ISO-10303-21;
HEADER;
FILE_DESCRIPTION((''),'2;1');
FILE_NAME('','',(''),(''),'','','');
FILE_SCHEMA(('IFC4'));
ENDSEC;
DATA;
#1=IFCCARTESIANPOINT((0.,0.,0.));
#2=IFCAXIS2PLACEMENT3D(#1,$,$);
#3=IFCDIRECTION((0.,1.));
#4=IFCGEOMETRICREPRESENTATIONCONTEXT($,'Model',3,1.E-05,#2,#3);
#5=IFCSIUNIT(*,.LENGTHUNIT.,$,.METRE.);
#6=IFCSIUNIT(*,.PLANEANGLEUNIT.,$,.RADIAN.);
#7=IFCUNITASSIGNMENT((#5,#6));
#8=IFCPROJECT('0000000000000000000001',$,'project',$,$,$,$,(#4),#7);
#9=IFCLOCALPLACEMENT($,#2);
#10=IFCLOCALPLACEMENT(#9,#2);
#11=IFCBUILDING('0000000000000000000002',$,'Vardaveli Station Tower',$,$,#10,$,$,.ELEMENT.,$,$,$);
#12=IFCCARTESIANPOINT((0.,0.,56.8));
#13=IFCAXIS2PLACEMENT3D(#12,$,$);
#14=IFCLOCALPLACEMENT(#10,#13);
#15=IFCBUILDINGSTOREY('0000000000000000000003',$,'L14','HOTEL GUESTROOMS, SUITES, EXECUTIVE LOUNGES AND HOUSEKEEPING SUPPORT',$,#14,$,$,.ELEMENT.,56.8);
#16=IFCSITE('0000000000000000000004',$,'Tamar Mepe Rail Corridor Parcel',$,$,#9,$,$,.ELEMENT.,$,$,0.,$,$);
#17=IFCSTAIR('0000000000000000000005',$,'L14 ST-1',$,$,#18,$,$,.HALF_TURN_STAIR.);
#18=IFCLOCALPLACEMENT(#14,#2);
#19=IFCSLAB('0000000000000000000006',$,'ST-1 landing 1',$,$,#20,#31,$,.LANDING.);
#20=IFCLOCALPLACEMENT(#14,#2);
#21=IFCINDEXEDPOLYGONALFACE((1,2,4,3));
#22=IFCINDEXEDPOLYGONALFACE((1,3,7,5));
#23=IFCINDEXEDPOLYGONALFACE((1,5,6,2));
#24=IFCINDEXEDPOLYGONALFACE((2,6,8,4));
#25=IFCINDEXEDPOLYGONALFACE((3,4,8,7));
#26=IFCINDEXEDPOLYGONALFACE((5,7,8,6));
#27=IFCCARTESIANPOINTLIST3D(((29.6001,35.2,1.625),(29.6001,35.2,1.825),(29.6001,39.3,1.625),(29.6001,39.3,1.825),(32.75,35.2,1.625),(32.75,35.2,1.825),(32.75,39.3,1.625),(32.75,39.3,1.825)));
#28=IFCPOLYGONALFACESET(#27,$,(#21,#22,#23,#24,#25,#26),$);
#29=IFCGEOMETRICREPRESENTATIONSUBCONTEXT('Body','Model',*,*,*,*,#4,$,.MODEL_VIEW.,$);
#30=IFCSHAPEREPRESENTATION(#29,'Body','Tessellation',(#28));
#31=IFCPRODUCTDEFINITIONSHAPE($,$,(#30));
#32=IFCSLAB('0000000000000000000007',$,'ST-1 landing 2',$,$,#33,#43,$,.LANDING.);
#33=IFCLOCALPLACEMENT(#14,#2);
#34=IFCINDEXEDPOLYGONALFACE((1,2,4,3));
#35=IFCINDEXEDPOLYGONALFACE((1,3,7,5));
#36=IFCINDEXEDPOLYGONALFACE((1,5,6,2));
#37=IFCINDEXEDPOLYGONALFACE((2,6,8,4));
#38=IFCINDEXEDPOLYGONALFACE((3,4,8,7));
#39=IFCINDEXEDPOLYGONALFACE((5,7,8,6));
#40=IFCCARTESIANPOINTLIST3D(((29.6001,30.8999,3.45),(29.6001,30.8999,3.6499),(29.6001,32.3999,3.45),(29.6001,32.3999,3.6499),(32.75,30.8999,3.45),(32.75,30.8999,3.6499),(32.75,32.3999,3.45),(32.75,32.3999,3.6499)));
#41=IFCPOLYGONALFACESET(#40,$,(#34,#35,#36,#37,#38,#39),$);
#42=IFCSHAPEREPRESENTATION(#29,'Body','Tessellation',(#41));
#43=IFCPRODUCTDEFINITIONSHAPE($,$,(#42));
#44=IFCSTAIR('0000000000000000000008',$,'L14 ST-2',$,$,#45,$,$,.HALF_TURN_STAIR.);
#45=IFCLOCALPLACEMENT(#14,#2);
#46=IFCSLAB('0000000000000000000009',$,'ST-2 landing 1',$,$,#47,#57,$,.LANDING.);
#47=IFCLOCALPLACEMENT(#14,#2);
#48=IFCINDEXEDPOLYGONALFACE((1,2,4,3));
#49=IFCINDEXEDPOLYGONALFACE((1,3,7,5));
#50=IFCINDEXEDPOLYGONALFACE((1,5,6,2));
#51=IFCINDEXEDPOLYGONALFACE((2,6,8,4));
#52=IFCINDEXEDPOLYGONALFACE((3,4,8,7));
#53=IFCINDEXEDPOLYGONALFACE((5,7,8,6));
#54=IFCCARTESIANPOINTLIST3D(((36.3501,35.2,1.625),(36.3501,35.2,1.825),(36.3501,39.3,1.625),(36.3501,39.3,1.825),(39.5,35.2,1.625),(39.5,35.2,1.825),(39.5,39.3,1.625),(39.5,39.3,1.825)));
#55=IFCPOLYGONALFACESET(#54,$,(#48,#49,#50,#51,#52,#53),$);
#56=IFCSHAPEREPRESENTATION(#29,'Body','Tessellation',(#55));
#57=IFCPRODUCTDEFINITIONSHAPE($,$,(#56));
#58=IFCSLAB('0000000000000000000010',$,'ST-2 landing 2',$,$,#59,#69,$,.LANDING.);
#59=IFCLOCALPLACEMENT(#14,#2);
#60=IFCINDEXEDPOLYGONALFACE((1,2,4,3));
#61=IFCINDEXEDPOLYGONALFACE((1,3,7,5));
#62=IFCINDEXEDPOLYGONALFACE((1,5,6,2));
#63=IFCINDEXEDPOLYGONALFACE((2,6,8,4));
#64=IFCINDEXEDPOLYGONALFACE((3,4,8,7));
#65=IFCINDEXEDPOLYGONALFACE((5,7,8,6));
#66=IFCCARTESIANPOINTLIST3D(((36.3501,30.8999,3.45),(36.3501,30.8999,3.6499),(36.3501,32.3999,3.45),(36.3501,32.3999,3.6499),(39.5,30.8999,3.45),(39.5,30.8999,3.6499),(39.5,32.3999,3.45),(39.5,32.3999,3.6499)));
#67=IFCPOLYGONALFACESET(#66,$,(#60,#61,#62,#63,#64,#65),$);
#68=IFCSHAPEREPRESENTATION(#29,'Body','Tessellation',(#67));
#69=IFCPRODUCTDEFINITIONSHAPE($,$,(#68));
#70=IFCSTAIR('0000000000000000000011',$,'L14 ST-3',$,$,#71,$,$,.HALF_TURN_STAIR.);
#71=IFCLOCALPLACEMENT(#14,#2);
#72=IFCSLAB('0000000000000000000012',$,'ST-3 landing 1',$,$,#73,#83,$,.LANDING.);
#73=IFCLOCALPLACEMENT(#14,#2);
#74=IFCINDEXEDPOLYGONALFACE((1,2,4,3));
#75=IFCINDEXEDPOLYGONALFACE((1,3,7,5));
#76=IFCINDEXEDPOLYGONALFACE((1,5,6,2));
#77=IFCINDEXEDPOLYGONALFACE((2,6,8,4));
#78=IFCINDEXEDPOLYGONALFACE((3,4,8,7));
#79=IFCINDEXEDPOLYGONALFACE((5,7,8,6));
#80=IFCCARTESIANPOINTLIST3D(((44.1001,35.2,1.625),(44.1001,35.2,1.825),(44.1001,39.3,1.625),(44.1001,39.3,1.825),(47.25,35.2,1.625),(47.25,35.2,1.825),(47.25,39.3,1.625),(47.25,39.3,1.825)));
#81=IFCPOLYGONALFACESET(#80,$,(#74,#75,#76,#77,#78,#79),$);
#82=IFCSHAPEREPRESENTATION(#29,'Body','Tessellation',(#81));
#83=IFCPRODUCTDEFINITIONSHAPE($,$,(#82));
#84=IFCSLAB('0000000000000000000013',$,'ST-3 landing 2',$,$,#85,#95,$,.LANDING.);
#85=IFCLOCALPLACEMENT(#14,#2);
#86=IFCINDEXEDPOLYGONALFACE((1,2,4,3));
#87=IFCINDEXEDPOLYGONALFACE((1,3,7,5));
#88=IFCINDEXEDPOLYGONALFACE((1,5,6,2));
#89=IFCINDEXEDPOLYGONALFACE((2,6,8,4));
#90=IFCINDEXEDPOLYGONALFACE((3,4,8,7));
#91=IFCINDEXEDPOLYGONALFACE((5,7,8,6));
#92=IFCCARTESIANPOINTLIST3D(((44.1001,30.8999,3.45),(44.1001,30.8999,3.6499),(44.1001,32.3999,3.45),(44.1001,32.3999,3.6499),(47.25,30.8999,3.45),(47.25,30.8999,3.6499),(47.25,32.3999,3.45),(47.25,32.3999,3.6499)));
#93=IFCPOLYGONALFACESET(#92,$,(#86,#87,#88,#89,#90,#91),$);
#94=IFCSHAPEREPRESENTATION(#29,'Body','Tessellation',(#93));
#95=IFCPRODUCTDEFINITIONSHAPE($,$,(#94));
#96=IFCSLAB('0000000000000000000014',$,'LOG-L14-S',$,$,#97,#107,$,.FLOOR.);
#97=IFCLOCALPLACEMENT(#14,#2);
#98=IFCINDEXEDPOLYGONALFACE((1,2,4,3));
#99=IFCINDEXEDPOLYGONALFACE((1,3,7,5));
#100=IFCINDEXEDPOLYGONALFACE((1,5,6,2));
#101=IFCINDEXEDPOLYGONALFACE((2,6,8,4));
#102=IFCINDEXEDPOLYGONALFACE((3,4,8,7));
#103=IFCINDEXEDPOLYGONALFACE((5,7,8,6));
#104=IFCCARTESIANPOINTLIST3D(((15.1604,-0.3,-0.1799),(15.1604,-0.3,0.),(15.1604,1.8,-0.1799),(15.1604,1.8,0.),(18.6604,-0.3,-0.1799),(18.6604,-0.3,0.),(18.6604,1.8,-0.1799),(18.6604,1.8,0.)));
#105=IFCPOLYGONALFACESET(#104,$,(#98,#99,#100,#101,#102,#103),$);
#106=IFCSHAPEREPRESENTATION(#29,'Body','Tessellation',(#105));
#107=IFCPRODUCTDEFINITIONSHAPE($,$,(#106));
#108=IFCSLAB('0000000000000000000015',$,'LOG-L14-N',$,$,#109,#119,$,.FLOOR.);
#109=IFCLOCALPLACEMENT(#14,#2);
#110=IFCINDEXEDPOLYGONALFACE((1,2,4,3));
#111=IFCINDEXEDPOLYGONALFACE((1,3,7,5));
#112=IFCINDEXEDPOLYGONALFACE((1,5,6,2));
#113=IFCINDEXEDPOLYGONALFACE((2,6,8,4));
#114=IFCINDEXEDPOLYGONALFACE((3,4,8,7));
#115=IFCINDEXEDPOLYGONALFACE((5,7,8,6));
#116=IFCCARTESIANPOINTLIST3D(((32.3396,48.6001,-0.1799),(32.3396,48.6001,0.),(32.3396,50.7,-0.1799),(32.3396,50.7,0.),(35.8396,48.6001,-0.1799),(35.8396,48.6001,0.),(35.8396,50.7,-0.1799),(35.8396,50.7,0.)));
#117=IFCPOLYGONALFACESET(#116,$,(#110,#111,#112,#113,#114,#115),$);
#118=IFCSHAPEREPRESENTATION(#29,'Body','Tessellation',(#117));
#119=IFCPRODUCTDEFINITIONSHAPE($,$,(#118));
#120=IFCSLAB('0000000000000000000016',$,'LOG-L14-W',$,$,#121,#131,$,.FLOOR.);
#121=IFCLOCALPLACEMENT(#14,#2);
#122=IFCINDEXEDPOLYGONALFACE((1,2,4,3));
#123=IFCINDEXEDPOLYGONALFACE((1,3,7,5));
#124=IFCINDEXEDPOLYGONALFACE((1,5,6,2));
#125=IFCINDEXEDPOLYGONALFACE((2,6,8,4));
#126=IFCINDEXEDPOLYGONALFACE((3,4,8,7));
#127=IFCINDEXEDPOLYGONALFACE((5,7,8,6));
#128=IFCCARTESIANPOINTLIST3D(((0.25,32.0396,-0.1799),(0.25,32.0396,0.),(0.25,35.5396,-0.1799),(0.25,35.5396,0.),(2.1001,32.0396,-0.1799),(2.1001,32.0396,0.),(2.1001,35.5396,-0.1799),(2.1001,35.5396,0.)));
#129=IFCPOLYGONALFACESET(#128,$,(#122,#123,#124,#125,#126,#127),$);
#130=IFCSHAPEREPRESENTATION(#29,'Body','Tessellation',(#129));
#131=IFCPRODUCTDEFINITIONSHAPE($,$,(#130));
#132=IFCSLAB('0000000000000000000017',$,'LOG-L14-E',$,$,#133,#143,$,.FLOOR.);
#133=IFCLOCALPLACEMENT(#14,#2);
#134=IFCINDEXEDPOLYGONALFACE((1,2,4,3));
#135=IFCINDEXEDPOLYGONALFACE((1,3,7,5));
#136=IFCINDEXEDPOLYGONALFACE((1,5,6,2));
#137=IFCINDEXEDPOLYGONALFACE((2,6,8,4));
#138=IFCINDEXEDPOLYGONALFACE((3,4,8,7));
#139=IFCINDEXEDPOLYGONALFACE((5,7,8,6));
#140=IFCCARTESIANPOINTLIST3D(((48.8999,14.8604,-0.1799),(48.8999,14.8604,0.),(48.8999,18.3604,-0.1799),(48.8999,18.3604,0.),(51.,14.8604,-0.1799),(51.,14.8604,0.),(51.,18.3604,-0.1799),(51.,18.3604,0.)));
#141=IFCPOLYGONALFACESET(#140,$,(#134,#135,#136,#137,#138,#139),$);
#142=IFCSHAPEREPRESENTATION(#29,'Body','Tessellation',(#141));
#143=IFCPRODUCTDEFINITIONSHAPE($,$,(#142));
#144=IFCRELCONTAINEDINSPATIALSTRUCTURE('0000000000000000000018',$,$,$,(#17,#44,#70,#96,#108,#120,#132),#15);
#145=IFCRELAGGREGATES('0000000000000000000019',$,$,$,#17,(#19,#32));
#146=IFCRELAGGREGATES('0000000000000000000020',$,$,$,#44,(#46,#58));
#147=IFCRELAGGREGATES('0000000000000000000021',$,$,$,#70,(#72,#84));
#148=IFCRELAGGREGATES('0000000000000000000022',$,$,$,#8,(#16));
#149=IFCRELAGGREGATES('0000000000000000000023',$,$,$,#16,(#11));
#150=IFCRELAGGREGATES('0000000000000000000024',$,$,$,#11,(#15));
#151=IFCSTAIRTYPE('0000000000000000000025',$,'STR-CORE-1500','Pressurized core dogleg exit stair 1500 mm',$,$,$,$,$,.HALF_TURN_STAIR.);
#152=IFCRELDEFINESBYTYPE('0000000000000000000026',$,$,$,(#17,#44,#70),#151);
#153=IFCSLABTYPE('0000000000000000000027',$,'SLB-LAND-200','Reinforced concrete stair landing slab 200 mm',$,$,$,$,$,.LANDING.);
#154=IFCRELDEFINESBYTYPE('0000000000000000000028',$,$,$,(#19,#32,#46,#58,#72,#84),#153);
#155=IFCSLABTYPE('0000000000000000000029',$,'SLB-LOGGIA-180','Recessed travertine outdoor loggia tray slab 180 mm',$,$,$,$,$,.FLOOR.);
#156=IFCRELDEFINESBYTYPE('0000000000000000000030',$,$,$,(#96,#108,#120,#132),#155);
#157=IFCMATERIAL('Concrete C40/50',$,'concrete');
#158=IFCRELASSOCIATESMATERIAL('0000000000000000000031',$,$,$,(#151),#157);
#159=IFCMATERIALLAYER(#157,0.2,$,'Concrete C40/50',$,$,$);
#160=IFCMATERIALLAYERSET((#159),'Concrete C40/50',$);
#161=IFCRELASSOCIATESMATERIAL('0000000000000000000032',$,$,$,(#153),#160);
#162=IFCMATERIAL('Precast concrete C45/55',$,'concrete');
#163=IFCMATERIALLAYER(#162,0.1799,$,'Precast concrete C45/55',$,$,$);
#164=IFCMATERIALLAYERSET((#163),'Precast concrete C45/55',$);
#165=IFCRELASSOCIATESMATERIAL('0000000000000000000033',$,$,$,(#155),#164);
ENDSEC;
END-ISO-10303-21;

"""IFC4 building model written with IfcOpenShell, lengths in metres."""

from ifc_helpers import new_model, si_unit, direction, frame, origin, place, context, subcontext, project, spatial, polyline, outline, extrude, material, layer, layer_set, type_object, element, aggregate, save


model = new_model("IFC4")

# Units and contexts
model_context = context("Model", 3, precision=1e-05, world=origin(), true_north=direction((0.0, 1.0)))
body_context = subcontext(model_context, "Body", "Model", "MODEL_VIEW")
ifc_project = project(units=[si_unit("LENGTHUNIT", "METRE"), si_unit("PLANEANGLEUNIT", "RADIAN")], contexts=[model_context])

# Site, building, storey
site_placement = place(None, origin())
site = spatial("IfcSite", under=ifc_project, at=site_placement, Name="Tamar Mepe Rail Corridor Parcel", CompositionType="ELEMENT", RefElevation=0.0)
building_placement = place(site_placement, origin())
building = spatial("IfcBuilding", under=site, at=building_placement, Name="Vardaveli Station Tower", CompositionType="ELEMENT")
storey_placement = place(building_placement, frame((0.0, 0.0, 56.8)))
storey = spatial("IfcBuildingStorey", under=building, at=storey_placement, Name="L14", Description="HOTEL GUESTROOMS, SUITES, EXECUTIVE LOUNGES AND HOUSEKEEPING SUPPORT", CompositionType="ELEMENT", Elevation=56.8)

# Stairs, slabs
ifc_material_1 = material(Name="Concrete C40/50", Category="concrete")
stair_type = type_object("IfcStairType", Name="STR-CORE-1500", Description="Pressurized core dogleg exit stair 1500 mm", PredefinedType="HALF_TURN_STAIR", material=ifc_material_1)
stair_1_placement = place(storey_placement, origin())
stair_1 = element("IfcStair", 1, at=stair_1_placement, inside=storey, type_object=stair_type, Name="L14 ST-1", PredefinedType="HALF_TURN_STAIR")
ifc_layer_1 = layer(ifc_material_1, 0.2, Name="Concrete C40/50")
ifc_layer_set_1 = layer_set([ifc_layer_1], Name="Concrete C40/50")
slab_type_1 = type_object("IfcSlabType", Name="SLB-LAND-200", Description="Reinforced concrete stair landing slab 200 mm", PredefinedType="LANDING", material=ifc_layer_set_1)
slab_1_placement = place(storey_placement, frame((0.0, 0.0, 1.625)))
slab_1 = element("IfcSlab", 2, at=slab_1_placement, type_object=slab_type_1, Name="ST-1 landing 1", PredefinedType="LANDING", context=body_context, shape_type="SweptSolid", body=[
    extrude(outline(polyline([(32.75, 35.2), (32.75, 39.3), (29.6001, 39.3), (29.6001, 35.2), (32.75, 35.2)])), origin(), (0.0, 0.0, 1.0), 0.2),
])
slab_2_placement = place(storey_placement, frame((0.0, 0.0, 3.45)))
slab_2 = element("IfcSlab", 3, at=slab_2_placement, type_object=slab_type_1, Name="ST-1 landing 2", PredefinedType="LANDING", context=body_context, shape_type="SweptSolid", body=[
    extrude(outline(polyline([(32.75, 30.8999), (32.75, 32.3999), (29.6001, 32.3999), (29.6001, 30.8999), (32.75, 30.8999)])), origin(), (0.0, 0.0, 1.0), 0.2),
])
aggregate(stair_1, [slab_1, slab_2])
stair_2_placement = place(storey_placement, origin())
stair_2 = element("IfcStair", 4, at=stair_2_placement, inside=storey, type_object=stair_type, Name="L14 ST-2", PredefinedType="HALF_TURN_STAIR")
slab_3_placement = place(storey_placement, frame((0.0, 0.0, 1.625)))
slab_3 = element("IfcSlab", 5, at=slab_3_placement, type_object=slab_type_1, Name="ST-2 landing 1", PredefinedType="LANDING", context=body_context, shape_type="SweptSolid", body=[
    extrude(outline(polyline([(39.5, 35.2), (39.5, 39.3), (36.3501, 39.3), (36.3501, 35.2), (39.5, 35.2)])), origin(), (0.0, 0.0, 1.0), 0.2),
])
slab_4_placement = place(storey_placement, frame((0.0, 0.0, 3.45)))
slab_4 = element("IfcSlab", 6, at=slab_4_placement, type_object=slab_type_1, Name="ST-2 landing 2", PredefinedType="LANDING", context=body_context, shape_type="SweptSolid", body=[
    extrude(outline(polyline([(39.5, 30.8999), (39.5, 32.3999), (36.3501, 32.3999), (36.3501, 30.8999), (39.5, 30.8999)])), origin(), (0.0, 0.0, 1.0), 0.2),
])
aggregate(stair_2, [slab_3, slab_4])
stair_3_placement = place(storey_placement, origin())
stair_3 = element("IfcStair", 7, at=stair_3_placement, inside=storey, type_object=stair_type, Name="L14 ST-3", PredefinedType="HALF_TURN_STAIR")
slab_5_placement = place(storey_placement, frame((0.0, 0.0, 1.625)))
slab_5 = element("IfcSlab", 8, at=slab_5_placement, type_object=slab_type_1, Name="ST-3 landing 1", PredefinedType="LANDING", context=body_context, shape_type="SweptSolid", body=[
    extrude(outline(polyline([(47.25, 35.2), (47.25, 39.3), (44.1001, 39.3), (44.1001, 35.2), (47.25, 35.2)])), origin(), (0.0, 0.0, 1.0), 0.2),
])
slab_6_placement = place(storey_placement, frame((0.0, 0.0, 3.45)))
slab_6 = element("IfcSlab", 9, at=slab_6_placement, type_object=slab_type_1, Name="ST-3 landing 2", PredefinedType="LANDING", context=body_context, shape_type="SweptSolid", body=[
    extrude(outline(polyline([(47.25, 30.8999), (47.25, 32.3999), (44.1001, 32.3999), (44.1001, 30.8999), (47.25, 30.8999)])), origin(), (0.0, 0.0, 1.0), 0.2),
])
aggregate(stair_3, [slab_5, slab_6])

# Slabs
ifc_material_2 = material(Name="Precast concrete C45/55", Category="concrete")
ifc_layer_2 = layer(ifc_material_2, 0.1799, Name="Precast concrete C45/55")
ifc_layer_set_2 = layer_set([ifc_layer_2], Name="Precast concrete C45/55")
slab_type_2 = type_object("IfcSlabType", Name="SLB-LOGGIA-180", Description="Recessed travertine outdoor loggia tray slab 180 mm", PredefinedType="FLOOR", material=ifc_layer_set_2)
slab_7_placement = place(storey_placement, frame((0.0, 0.0, -0.1799)))
element("IfcSlab", 10, at=slab_7_placement, inside=storey, type_object=slab_type_2, Name="LOG-L14-S", PredefinedType="FLOOR", context=body_context, shape_type="SweptSolid", body=[
    extrude(outline(polyline([(15.1604, -0.3), (18.6604, -0.3), (18.6604, 1.8), (15.1604, 1.8), (15.1604, -0.3)])), origin(), (0.0, 0.0, 1.0), 0.1799),
])
slab_8_placement = place(storey_placement, frame((0.0, 0.0, -0.1799)))
element("IfcSlab", 11, at=slab_8_placement, inside=storey, type_object=slab_type_2, Name="LOG-L14-N", PredefinedType="FLOOR", context=body_context, shape_type="SweptSolid", body=[
    extrude(outline(polyline([(32.3396, 48.6001), (35.8396, 48.6001), (35.8396, 50.7), (32.3396, 50.7), (32.3396, 48.6001)])), origin(), (0.0, 0.0, 1.0), 0.1799),
])
slab_9_placement = place(storey_placement, frame((0.0, 0.0, -0.1799)))
element("IfcSlab", 12, at=slab_9_placement, inside=storey, type_object=slab_type_2, Name="LOG-L14-W", PredefinedType="FLOOR", context=body_context, shape_type="SweptSolid", body=[
    extrude(outline(polyline([(0.25, 32.0396), (2.1001, 32.0396), (2.1001, 35.5396), (0.25, 35.5396), (0.25, 32.0396)])), origin(), (0.0, 0.0, 1.0), 0.1799),
])
slab_10_placement = place(storey_placement, frame((0.0, 0.0, -0.1799)))
element("IfcSlab", 13, at=slab_10_placement, inside=storey, type_object=slab_type_2, Name="LOG-L14-E", PredefinedType="FLOOR", context=body_context, shape_type="SweptSolid", body=[
    extrude(outline(polyline([(48.8999, 14.8604), (51.0, 14.8604), (51.0, 18.3604), (48.8999, 18.3604), (48.8999, 14.8604)])), origin(), (0.0, 0.0, 1.0), 0.1799),
])

save(model, "model.ifc")
